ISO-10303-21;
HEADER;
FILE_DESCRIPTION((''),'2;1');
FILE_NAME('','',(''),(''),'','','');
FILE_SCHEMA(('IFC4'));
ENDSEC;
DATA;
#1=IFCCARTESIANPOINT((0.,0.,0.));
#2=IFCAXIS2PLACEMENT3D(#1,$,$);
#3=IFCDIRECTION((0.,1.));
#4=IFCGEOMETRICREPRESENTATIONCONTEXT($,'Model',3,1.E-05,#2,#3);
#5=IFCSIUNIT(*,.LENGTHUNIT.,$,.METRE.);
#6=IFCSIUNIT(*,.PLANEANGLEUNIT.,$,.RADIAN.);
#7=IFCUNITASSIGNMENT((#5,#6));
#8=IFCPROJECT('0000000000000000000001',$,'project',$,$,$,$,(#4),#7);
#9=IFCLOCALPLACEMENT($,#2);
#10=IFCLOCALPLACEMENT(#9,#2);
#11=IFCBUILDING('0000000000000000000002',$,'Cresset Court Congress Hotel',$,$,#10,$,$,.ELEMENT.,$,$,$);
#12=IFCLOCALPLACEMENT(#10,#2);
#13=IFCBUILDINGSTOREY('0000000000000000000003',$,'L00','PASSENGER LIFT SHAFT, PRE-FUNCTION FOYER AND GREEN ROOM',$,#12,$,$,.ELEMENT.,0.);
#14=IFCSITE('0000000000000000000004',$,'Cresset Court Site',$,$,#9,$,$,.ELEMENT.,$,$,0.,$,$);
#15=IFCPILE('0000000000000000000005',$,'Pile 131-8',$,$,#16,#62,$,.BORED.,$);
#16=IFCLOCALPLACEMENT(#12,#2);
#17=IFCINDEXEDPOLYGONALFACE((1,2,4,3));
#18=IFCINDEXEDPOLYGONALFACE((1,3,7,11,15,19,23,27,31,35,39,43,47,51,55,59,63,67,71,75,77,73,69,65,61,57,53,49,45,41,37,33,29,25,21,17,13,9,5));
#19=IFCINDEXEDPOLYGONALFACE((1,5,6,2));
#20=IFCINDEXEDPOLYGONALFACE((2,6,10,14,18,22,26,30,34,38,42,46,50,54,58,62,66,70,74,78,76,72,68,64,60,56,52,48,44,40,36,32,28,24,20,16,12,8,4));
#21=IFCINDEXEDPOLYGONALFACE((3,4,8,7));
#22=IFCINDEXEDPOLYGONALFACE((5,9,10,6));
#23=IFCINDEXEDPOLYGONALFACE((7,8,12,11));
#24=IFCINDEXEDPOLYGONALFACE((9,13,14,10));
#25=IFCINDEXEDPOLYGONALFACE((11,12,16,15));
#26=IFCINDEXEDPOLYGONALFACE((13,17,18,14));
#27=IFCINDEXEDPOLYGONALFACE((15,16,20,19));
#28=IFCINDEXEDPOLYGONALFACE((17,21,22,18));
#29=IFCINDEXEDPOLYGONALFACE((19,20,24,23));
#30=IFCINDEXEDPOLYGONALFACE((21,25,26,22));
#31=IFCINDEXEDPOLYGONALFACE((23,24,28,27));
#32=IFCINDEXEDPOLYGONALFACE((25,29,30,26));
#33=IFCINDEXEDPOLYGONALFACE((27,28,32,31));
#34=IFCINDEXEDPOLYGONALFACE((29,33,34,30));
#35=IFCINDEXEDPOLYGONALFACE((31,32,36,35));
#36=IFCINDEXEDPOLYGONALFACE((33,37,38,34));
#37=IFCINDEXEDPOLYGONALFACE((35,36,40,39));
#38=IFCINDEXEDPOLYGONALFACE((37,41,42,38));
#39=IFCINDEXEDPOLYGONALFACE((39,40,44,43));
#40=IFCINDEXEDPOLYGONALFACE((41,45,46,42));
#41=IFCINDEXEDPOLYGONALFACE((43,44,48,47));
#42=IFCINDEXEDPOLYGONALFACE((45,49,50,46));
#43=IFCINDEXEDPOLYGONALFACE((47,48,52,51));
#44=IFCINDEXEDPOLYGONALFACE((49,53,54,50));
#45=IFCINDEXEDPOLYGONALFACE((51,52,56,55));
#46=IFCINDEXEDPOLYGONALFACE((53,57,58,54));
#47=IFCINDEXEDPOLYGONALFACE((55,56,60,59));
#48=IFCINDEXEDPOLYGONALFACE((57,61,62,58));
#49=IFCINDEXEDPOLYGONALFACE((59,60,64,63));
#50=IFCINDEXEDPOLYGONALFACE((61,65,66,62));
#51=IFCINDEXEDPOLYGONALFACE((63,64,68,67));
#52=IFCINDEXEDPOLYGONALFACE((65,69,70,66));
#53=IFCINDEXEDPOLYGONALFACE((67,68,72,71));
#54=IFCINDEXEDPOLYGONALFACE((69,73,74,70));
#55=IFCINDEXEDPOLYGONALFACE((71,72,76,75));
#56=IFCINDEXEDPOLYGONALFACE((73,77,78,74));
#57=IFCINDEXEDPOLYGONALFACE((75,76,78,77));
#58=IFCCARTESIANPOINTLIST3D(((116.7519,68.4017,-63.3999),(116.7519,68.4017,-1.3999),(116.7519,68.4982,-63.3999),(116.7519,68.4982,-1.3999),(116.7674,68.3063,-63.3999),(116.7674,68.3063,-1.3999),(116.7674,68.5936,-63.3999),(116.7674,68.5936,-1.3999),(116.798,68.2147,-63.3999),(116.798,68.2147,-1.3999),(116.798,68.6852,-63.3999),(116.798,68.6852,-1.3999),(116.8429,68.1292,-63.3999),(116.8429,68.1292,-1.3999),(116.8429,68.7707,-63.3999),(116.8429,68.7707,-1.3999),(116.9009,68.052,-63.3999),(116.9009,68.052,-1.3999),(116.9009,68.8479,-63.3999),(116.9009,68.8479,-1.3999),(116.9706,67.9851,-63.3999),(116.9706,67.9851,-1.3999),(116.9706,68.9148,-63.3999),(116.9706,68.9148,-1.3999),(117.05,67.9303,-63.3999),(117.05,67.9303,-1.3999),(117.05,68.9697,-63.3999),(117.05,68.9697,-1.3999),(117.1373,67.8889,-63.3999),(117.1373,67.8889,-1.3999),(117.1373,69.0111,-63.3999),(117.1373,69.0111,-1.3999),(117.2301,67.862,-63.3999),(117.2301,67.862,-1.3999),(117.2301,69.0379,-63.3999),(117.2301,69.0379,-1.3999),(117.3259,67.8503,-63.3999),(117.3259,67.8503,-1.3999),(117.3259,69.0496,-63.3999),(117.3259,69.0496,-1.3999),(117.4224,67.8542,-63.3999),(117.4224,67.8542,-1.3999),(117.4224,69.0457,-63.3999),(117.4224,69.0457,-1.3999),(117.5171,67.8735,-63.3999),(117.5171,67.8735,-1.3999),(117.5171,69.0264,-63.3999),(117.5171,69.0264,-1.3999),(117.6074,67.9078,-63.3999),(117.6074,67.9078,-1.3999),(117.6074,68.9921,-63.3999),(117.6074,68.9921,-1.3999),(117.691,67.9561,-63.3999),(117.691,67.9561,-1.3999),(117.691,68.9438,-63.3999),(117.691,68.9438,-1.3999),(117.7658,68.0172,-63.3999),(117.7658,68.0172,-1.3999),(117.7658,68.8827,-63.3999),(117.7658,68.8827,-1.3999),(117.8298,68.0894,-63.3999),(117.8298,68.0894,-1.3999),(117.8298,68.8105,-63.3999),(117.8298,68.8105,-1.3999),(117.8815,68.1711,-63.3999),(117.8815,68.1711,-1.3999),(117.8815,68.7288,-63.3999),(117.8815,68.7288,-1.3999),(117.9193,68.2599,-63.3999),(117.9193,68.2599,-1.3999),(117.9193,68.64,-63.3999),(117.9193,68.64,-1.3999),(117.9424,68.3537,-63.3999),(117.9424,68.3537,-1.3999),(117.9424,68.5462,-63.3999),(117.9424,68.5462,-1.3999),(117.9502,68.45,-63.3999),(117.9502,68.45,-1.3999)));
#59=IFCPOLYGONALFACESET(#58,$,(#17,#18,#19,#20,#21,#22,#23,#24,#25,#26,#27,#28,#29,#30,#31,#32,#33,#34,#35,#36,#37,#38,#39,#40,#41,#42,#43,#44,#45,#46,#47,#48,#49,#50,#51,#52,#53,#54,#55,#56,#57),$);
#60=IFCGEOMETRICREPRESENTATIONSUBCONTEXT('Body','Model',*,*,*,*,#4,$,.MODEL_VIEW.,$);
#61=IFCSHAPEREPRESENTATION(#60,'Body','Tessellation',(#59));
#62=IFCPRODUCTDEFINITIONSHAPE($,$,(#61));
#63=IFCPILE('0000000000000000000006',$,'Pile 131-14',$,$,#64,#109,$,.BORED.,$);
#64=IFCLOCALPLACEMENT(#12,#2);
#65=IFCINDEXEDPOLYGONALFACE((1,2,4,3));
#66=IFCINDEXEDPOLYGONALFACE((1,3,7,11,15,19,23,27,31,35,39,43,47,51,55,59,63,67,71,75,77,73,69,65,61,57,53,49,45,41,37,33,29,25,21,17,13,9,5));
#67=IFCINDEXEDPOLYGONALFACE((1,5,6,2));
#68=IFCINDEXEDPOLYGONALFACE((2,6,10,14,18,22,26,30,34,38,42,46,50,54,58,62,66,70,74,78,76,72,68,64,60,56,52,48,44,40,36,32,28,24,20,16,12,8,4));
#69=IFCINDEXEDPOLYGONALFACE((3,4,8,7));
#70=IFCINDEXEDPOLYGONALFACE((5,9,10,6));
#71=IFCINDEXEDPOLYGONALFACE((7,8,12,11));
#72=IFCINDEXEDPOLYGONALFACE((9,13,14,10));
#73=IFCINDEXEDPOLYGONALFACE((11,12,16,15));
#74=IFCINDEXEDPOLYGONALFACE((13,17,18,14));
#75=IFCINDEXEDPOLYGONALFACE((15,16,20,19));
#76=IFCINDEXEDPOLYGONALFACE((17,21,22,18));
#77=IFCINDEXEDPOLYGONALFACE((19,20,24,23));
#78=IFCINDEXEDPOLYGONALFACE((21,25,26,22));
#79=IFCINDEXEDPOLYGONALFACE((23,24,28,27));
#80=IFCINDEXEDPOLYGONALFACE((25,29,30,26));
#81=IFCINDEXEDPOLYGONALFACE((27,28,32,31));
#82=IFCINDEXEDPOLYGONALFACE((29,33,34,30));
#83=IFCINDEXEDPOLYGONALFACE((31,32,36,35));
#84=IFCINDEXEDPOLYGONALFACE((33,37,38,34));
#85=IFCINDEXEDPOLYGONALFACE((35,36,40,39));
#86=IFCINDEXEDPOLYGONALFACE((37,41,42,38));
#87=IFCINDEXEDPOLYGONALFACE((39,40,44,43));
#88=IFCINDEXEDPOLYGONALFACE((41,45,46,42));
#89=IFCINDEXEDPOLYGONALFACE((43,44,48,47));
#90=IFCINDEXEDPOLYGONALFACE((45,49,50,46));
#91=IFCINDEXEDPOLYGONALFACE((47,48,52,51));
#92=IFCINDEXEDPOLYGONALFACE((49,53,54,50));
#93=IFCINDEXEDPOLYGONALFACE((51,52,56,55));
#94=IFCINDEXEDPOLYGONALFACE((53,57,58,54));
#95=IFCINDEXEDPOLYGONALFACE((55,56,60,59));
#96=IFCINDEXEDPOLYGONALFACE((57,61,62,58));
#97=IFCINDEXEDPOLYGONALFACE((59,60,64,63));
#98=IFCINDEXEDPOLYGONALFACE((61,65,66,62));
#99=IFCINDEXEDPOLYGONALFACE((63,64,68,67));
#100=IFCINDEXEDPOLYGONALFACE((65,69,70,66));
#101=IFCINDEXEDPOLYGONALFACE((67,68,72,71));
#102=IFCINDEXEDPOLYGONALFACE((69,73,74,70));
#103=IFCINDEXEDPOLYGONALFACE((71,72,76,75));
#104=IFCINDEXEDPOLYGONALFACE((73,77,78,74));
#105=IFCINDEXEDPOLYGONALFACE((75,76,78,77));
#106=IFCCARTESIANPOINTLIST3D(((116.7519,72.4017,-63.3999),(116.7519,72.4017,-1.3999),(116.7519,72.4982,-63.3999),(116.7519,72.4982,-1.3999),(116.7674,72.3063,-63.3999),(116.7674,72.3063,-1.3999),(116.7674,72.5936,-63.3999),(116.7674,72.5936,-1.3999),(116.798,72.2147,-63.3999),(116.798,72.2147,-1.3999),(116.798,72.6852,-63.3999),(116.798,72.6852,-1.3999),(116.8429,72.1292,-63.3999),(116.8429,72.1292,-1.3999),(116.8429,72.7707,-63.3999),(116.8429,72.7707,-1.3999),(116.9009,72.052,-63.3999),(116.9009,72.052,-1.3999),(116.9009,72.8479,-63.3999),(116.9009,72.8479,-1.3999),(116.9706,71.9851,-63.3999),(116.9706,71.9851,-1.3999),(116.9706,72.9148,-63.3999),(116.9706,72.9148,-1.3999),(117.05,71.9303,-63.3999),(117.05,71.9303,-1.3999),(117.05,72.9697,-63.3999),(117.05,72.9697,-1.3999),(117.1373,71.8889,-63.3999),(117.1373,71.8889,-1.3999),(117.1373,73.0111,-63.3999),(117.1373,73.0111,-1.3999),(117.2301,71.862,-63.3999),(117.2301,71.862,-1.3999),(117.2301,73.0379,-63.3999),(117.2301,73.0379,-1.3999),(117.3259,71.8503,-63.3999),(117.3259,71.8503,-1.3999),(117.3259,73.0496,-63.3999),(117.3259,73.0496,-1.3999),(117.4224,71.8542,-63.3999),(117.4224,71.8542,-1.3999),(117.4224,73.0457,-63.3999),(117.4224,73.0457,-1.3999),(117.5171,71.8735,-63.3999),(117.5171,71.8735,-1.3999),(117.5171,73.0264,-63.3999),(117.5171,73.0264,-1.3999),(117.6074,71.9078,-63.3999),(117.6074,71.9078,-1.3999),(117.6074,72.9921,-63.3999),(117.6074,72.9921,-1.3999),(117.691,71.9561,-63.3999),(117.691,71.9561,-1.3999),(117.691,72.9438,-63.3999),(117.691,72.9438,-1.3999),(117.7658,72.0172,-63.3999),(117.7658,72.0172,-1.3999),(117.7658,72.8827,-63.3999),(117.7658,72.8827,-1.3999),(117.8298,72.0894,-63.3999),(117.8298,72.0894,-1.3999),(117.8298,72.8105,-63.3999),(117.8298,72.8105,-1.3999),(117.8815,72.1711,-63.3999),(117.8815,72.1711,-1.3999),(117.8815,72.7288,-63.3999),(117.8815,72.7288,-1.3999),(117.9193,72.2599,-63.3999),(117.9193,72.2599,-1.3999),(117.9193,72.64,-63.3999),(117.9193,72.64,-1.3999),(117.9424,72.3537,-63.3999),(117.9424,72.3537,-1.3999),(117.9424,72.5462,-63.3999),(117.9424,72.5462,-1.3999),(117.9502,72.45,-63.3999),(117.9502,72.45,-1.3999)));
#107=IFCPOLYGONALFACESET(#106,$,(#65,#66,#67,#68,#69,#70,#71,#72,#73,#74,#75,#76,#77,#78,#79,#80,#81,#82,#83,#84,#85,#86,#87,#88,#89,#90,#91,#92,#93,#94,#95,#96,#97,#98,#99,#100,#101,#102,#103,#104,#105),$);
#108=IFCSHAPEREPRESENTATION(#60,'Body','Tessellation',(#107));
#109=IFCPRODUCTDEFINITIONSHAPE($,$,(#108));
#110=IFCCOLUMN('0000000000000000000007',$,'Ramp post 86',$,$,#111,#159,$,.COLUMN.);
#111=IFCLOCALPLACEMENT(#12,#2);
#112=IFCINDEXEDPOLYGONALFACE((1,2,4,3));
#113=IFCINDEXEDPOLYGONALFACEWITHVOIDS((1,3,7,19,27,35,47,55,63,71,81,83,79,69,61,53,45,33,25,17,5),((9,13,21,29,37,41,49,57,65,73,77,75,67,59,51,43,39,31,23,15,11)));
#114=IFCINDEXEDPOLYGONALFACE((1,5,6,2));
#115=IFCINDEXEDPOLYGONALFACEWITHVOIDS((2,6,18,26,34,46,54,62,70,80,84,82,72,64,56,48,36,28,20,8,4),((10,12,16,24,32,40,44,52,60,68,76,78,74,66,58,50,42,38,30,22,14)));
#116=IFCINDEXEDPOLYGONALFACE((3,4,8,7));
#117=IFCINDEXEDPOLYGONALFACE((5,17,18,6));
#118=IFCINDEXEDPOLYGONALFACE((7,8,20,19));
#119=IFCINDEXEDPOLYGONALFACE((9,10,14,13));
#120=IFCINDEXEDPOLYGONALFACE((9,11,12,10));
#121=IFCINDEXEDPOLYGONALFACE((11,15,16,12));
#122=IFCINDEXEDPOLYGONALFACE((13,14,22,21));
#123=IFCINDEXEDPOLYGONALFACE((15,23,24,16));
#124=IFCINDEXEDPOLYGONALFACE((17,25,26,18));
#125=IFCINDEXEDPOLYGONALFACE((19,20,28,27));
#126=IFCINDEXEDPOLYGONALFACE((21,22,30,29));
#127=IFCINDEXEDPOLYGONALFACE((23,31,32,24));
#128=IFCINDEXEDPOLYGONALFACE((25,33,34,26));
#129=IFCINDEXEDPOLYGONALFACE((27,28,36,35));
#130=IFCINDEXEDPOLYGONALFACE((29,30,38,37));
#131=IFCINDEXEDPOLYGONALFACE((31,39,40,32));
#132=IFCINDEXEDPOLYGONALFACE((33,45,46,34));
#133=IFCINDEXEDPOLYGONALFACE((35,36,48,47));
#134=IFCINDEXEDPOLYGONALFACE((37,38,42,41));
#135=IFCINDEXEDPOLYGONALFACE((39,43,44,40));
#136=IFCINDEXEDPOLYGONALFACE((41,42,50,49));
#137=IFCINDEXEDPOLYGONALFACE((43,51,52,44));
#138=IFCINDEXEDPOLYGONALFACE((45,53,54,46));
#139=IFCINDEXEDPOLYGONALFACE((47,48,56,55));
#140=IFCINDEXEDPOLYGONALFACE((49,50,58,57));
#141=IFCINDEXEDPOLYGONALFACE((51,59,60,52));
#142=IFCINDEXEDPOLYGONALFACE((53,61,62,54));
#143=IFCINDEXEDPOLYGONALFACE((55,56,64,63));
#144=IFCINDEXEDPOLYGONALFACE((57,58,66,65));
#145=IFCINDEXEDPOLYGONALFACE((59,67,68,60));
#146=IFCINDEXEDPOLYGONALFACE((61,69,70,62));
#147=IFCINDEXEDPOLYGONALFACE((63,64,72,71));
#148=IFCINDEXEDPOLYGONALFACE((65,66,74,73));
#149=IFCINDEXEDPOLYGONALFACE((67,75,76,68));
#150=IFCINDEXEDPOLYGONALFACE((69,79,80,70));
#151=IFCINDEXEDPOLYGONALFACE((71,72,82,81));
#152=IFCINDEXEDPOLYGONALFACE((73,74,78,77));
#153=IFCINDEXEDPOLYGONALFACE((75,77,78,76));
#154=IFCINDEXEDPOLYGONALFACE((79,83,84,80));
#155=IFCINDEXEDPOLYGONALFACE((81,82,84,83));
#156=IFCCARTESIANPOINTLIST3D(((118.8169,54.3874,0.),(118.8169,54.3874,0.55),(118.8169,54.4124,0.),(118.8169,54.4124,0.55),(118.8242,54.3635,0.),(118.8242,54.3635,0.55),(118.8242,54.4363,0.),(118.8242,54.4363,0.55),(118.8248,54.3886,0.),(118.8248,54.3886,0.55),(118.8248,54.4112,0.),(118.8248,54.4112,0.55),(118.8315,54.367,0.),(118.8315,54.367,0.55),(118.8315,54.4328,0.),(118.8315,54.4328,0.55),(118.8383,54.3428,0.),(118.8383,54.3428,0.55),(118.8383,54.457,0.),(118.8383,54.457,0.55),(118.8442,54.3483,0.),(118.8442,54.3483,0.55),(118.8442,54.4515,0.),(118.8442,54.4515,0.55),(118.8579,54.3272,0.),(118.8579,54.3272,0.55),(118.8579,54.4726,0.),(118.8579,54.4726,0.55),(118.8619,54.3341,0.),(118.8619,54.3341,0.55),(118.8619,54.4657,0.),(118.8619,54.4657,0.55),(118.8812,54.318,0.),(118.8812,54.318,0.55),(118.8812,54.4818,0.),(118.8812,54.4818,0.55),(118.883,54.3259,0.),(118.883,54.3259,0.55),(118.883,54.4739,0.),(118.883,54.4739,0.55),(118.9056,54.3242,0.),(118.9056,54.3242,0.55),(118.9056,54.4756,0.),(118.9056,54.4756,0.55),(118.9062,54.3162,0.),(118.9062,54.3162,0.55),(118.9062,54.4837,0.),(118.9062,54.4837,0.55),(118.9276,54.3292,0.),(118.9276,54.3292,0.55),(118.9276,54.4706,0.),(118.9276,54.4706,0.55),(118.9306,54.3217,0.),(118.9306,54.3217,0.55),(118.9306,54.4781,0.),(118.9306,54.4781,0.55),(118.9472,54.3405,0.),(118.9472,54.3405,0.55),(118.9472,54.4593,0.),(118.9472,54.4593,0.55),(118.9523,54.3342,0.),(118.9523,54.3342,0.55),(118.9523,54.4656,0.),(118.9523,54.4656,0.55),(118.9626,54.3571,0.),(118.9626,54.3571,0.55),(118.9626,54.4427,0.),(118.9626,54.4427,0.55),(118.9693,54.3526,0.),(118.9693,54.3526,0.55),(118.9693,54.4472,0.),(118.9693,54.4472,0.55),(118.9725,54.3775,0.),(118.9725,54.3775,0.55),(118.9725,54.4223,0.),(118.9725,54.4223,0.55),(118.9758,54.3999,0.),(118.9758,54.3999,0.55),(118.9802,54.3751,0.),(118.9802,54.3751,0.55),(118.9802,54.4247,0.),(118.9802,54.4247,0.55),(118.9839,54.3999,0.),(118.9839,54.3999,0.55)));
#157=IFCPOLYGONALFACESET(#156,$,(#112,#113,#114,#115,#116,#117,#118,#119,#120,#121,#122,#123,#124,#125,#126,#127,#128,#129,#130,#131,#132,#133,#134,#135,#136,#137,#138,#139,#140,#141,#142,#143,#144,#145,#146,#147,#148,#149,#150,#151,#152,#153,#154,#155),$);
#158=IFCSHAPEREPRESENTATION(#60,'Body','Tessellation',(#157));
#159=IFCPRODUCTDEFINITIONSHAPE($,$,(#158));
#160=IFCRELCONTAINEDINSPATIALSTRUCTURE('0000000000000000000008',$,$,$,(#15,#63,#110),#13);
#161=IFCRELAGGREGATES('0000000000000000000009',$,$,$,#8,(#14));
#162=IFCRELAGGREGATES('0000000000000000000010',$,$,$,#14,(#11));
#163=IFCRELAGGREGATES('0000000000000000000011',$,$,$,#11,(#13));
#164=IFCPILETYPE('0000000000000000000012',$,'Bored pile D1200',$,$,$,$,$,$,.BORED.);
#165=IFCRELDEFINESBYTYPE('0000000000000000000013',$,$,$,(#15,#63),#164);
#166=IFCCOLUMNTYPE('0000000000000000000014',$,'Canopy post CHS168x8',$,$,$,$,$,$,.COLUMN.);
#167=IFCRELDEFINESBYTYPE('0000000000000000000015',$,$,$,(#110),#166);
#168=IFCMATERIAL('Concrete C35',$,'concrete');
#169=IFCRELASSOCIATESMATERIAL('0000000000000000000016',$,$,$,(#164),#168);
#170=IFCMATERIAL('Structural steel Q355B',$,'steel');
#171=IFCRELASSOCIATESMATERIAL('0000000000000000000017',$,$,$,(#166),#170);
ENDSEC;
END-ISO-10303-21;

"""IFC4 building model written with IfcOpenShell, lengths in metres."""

from ifc_helpers import new_model, si_unit, direction, frame, origin, origin_2d, place, context, subcontext, project, spatial, circle, hollow_circle, extrude, material, material_profile, profile_set, type_object, element, save


model = new_model("IFC4")

# Units and contexts
model_context = context("Model", 3, precision=1e-05, world=origin(), true_north=direction((0.0, 1.0)))
body_context = subcontext(model_context, "Body", "Model", "MODEL_VIEW")
ifc_project = project(units=[si_unit("LENGTHUNIT", "METRE"), si_unit("PLANEANGLEUNIT", "RADIAN")], contexts=[model_context])

# Site, building, storey
site_placement = place(None, origin())
site = spatial("IfcSite", under=ifc_project, at=site_placement, Name="Cresset Court Site", CompositionType="ELEMENT", RefElevation=0.0)
building_placement = place(site_placement, origin())
building = spatial("IfcBuilding", under=site, at=building_placement, Name="Cresset Court Congress Hotel", CompositionType="ELEMENT")
storey_placement = place(building_placement, origin())
storey = spatial("IfcBuildingStorey", under=building, at=storey_placement, Name="L00", Description="PASSENGER LIFT SHAFT, PRE-FUNCTION FOYER AND GREEN ROOM", CompositionType="ELEMENT", Elevation=0.0)

# Piles
ifc_material_1 = material(Name="Concrete C35", Category="concrete")
pile_type_1 = type_object("IfcPileType", Name="Bored pile D1200", PredefinedType="BORED", material=ifc_material_1)
for number, where, z_axis, x_axis, name in (
    (1, (117.3501, 68.45, -1.3999), (0.0, 0.0, -1.0), (1.0, 0.0, 0.0), "Pile 131-8"),
    (2, (117.3501, 72.45, -1.3999), (0.0, 0.0, -1.0), (1.0, 0.0, 0.0), "Pile 131-14"),
):
    element("IfcPile", number, at=place(storey_placement, frame(where, z_axis=z_axis, x_axis=x_axis)), inside=storey, type_object=pile_type_1, Name=name, PredefinedType="BORED", context=body_context, shape_type="SweptSolid", body=[
        extrude(circle(Radius=0.6001, at=origin_2d()), origin(), (0.0, 0.0, 1.0), 62.0),
    ])

# Column
ifc_material_2 = material(Name="Structural steel Q355B", Category="steel")
ifc_material_profile_1 = material_profile(ifc_material_2, hollow_circle(Radius=0.084, WallThickness=0.0081, at=origin_2d()), Name="CHS168x8")
ifc_profile_set_1 = profile_set([ifc_material_profile_1], Name="Structural steel Q355B")
column_type_1 = type_object("IfcColumnType", Name="Canopy post CHS168x8", PredefinedType="COLUMN", material=ifc_profile_set_1)
column_1_placement = place(storey_placement, frame((118.8999, 54.3999, 0.0), z_axis=(0.0, 0.0, 1.0), x_axis=(1.0, 0.0, 0.0)))
element("IfcColumn", 3, at=column_1_placement, inside=storey, type_object=column_type_1, Name="Ramp post 86", PredefinedType="COLUMN", context=body_context, shape_type="SweptSolid", body=[
    extrude(hollow_circle(Radius=0.084, WallThickness=0.0081, at=origin_2d()), origin(), (0.0, 0.0, 1.0), 0.55),
])

save(model, "model.ifc")
